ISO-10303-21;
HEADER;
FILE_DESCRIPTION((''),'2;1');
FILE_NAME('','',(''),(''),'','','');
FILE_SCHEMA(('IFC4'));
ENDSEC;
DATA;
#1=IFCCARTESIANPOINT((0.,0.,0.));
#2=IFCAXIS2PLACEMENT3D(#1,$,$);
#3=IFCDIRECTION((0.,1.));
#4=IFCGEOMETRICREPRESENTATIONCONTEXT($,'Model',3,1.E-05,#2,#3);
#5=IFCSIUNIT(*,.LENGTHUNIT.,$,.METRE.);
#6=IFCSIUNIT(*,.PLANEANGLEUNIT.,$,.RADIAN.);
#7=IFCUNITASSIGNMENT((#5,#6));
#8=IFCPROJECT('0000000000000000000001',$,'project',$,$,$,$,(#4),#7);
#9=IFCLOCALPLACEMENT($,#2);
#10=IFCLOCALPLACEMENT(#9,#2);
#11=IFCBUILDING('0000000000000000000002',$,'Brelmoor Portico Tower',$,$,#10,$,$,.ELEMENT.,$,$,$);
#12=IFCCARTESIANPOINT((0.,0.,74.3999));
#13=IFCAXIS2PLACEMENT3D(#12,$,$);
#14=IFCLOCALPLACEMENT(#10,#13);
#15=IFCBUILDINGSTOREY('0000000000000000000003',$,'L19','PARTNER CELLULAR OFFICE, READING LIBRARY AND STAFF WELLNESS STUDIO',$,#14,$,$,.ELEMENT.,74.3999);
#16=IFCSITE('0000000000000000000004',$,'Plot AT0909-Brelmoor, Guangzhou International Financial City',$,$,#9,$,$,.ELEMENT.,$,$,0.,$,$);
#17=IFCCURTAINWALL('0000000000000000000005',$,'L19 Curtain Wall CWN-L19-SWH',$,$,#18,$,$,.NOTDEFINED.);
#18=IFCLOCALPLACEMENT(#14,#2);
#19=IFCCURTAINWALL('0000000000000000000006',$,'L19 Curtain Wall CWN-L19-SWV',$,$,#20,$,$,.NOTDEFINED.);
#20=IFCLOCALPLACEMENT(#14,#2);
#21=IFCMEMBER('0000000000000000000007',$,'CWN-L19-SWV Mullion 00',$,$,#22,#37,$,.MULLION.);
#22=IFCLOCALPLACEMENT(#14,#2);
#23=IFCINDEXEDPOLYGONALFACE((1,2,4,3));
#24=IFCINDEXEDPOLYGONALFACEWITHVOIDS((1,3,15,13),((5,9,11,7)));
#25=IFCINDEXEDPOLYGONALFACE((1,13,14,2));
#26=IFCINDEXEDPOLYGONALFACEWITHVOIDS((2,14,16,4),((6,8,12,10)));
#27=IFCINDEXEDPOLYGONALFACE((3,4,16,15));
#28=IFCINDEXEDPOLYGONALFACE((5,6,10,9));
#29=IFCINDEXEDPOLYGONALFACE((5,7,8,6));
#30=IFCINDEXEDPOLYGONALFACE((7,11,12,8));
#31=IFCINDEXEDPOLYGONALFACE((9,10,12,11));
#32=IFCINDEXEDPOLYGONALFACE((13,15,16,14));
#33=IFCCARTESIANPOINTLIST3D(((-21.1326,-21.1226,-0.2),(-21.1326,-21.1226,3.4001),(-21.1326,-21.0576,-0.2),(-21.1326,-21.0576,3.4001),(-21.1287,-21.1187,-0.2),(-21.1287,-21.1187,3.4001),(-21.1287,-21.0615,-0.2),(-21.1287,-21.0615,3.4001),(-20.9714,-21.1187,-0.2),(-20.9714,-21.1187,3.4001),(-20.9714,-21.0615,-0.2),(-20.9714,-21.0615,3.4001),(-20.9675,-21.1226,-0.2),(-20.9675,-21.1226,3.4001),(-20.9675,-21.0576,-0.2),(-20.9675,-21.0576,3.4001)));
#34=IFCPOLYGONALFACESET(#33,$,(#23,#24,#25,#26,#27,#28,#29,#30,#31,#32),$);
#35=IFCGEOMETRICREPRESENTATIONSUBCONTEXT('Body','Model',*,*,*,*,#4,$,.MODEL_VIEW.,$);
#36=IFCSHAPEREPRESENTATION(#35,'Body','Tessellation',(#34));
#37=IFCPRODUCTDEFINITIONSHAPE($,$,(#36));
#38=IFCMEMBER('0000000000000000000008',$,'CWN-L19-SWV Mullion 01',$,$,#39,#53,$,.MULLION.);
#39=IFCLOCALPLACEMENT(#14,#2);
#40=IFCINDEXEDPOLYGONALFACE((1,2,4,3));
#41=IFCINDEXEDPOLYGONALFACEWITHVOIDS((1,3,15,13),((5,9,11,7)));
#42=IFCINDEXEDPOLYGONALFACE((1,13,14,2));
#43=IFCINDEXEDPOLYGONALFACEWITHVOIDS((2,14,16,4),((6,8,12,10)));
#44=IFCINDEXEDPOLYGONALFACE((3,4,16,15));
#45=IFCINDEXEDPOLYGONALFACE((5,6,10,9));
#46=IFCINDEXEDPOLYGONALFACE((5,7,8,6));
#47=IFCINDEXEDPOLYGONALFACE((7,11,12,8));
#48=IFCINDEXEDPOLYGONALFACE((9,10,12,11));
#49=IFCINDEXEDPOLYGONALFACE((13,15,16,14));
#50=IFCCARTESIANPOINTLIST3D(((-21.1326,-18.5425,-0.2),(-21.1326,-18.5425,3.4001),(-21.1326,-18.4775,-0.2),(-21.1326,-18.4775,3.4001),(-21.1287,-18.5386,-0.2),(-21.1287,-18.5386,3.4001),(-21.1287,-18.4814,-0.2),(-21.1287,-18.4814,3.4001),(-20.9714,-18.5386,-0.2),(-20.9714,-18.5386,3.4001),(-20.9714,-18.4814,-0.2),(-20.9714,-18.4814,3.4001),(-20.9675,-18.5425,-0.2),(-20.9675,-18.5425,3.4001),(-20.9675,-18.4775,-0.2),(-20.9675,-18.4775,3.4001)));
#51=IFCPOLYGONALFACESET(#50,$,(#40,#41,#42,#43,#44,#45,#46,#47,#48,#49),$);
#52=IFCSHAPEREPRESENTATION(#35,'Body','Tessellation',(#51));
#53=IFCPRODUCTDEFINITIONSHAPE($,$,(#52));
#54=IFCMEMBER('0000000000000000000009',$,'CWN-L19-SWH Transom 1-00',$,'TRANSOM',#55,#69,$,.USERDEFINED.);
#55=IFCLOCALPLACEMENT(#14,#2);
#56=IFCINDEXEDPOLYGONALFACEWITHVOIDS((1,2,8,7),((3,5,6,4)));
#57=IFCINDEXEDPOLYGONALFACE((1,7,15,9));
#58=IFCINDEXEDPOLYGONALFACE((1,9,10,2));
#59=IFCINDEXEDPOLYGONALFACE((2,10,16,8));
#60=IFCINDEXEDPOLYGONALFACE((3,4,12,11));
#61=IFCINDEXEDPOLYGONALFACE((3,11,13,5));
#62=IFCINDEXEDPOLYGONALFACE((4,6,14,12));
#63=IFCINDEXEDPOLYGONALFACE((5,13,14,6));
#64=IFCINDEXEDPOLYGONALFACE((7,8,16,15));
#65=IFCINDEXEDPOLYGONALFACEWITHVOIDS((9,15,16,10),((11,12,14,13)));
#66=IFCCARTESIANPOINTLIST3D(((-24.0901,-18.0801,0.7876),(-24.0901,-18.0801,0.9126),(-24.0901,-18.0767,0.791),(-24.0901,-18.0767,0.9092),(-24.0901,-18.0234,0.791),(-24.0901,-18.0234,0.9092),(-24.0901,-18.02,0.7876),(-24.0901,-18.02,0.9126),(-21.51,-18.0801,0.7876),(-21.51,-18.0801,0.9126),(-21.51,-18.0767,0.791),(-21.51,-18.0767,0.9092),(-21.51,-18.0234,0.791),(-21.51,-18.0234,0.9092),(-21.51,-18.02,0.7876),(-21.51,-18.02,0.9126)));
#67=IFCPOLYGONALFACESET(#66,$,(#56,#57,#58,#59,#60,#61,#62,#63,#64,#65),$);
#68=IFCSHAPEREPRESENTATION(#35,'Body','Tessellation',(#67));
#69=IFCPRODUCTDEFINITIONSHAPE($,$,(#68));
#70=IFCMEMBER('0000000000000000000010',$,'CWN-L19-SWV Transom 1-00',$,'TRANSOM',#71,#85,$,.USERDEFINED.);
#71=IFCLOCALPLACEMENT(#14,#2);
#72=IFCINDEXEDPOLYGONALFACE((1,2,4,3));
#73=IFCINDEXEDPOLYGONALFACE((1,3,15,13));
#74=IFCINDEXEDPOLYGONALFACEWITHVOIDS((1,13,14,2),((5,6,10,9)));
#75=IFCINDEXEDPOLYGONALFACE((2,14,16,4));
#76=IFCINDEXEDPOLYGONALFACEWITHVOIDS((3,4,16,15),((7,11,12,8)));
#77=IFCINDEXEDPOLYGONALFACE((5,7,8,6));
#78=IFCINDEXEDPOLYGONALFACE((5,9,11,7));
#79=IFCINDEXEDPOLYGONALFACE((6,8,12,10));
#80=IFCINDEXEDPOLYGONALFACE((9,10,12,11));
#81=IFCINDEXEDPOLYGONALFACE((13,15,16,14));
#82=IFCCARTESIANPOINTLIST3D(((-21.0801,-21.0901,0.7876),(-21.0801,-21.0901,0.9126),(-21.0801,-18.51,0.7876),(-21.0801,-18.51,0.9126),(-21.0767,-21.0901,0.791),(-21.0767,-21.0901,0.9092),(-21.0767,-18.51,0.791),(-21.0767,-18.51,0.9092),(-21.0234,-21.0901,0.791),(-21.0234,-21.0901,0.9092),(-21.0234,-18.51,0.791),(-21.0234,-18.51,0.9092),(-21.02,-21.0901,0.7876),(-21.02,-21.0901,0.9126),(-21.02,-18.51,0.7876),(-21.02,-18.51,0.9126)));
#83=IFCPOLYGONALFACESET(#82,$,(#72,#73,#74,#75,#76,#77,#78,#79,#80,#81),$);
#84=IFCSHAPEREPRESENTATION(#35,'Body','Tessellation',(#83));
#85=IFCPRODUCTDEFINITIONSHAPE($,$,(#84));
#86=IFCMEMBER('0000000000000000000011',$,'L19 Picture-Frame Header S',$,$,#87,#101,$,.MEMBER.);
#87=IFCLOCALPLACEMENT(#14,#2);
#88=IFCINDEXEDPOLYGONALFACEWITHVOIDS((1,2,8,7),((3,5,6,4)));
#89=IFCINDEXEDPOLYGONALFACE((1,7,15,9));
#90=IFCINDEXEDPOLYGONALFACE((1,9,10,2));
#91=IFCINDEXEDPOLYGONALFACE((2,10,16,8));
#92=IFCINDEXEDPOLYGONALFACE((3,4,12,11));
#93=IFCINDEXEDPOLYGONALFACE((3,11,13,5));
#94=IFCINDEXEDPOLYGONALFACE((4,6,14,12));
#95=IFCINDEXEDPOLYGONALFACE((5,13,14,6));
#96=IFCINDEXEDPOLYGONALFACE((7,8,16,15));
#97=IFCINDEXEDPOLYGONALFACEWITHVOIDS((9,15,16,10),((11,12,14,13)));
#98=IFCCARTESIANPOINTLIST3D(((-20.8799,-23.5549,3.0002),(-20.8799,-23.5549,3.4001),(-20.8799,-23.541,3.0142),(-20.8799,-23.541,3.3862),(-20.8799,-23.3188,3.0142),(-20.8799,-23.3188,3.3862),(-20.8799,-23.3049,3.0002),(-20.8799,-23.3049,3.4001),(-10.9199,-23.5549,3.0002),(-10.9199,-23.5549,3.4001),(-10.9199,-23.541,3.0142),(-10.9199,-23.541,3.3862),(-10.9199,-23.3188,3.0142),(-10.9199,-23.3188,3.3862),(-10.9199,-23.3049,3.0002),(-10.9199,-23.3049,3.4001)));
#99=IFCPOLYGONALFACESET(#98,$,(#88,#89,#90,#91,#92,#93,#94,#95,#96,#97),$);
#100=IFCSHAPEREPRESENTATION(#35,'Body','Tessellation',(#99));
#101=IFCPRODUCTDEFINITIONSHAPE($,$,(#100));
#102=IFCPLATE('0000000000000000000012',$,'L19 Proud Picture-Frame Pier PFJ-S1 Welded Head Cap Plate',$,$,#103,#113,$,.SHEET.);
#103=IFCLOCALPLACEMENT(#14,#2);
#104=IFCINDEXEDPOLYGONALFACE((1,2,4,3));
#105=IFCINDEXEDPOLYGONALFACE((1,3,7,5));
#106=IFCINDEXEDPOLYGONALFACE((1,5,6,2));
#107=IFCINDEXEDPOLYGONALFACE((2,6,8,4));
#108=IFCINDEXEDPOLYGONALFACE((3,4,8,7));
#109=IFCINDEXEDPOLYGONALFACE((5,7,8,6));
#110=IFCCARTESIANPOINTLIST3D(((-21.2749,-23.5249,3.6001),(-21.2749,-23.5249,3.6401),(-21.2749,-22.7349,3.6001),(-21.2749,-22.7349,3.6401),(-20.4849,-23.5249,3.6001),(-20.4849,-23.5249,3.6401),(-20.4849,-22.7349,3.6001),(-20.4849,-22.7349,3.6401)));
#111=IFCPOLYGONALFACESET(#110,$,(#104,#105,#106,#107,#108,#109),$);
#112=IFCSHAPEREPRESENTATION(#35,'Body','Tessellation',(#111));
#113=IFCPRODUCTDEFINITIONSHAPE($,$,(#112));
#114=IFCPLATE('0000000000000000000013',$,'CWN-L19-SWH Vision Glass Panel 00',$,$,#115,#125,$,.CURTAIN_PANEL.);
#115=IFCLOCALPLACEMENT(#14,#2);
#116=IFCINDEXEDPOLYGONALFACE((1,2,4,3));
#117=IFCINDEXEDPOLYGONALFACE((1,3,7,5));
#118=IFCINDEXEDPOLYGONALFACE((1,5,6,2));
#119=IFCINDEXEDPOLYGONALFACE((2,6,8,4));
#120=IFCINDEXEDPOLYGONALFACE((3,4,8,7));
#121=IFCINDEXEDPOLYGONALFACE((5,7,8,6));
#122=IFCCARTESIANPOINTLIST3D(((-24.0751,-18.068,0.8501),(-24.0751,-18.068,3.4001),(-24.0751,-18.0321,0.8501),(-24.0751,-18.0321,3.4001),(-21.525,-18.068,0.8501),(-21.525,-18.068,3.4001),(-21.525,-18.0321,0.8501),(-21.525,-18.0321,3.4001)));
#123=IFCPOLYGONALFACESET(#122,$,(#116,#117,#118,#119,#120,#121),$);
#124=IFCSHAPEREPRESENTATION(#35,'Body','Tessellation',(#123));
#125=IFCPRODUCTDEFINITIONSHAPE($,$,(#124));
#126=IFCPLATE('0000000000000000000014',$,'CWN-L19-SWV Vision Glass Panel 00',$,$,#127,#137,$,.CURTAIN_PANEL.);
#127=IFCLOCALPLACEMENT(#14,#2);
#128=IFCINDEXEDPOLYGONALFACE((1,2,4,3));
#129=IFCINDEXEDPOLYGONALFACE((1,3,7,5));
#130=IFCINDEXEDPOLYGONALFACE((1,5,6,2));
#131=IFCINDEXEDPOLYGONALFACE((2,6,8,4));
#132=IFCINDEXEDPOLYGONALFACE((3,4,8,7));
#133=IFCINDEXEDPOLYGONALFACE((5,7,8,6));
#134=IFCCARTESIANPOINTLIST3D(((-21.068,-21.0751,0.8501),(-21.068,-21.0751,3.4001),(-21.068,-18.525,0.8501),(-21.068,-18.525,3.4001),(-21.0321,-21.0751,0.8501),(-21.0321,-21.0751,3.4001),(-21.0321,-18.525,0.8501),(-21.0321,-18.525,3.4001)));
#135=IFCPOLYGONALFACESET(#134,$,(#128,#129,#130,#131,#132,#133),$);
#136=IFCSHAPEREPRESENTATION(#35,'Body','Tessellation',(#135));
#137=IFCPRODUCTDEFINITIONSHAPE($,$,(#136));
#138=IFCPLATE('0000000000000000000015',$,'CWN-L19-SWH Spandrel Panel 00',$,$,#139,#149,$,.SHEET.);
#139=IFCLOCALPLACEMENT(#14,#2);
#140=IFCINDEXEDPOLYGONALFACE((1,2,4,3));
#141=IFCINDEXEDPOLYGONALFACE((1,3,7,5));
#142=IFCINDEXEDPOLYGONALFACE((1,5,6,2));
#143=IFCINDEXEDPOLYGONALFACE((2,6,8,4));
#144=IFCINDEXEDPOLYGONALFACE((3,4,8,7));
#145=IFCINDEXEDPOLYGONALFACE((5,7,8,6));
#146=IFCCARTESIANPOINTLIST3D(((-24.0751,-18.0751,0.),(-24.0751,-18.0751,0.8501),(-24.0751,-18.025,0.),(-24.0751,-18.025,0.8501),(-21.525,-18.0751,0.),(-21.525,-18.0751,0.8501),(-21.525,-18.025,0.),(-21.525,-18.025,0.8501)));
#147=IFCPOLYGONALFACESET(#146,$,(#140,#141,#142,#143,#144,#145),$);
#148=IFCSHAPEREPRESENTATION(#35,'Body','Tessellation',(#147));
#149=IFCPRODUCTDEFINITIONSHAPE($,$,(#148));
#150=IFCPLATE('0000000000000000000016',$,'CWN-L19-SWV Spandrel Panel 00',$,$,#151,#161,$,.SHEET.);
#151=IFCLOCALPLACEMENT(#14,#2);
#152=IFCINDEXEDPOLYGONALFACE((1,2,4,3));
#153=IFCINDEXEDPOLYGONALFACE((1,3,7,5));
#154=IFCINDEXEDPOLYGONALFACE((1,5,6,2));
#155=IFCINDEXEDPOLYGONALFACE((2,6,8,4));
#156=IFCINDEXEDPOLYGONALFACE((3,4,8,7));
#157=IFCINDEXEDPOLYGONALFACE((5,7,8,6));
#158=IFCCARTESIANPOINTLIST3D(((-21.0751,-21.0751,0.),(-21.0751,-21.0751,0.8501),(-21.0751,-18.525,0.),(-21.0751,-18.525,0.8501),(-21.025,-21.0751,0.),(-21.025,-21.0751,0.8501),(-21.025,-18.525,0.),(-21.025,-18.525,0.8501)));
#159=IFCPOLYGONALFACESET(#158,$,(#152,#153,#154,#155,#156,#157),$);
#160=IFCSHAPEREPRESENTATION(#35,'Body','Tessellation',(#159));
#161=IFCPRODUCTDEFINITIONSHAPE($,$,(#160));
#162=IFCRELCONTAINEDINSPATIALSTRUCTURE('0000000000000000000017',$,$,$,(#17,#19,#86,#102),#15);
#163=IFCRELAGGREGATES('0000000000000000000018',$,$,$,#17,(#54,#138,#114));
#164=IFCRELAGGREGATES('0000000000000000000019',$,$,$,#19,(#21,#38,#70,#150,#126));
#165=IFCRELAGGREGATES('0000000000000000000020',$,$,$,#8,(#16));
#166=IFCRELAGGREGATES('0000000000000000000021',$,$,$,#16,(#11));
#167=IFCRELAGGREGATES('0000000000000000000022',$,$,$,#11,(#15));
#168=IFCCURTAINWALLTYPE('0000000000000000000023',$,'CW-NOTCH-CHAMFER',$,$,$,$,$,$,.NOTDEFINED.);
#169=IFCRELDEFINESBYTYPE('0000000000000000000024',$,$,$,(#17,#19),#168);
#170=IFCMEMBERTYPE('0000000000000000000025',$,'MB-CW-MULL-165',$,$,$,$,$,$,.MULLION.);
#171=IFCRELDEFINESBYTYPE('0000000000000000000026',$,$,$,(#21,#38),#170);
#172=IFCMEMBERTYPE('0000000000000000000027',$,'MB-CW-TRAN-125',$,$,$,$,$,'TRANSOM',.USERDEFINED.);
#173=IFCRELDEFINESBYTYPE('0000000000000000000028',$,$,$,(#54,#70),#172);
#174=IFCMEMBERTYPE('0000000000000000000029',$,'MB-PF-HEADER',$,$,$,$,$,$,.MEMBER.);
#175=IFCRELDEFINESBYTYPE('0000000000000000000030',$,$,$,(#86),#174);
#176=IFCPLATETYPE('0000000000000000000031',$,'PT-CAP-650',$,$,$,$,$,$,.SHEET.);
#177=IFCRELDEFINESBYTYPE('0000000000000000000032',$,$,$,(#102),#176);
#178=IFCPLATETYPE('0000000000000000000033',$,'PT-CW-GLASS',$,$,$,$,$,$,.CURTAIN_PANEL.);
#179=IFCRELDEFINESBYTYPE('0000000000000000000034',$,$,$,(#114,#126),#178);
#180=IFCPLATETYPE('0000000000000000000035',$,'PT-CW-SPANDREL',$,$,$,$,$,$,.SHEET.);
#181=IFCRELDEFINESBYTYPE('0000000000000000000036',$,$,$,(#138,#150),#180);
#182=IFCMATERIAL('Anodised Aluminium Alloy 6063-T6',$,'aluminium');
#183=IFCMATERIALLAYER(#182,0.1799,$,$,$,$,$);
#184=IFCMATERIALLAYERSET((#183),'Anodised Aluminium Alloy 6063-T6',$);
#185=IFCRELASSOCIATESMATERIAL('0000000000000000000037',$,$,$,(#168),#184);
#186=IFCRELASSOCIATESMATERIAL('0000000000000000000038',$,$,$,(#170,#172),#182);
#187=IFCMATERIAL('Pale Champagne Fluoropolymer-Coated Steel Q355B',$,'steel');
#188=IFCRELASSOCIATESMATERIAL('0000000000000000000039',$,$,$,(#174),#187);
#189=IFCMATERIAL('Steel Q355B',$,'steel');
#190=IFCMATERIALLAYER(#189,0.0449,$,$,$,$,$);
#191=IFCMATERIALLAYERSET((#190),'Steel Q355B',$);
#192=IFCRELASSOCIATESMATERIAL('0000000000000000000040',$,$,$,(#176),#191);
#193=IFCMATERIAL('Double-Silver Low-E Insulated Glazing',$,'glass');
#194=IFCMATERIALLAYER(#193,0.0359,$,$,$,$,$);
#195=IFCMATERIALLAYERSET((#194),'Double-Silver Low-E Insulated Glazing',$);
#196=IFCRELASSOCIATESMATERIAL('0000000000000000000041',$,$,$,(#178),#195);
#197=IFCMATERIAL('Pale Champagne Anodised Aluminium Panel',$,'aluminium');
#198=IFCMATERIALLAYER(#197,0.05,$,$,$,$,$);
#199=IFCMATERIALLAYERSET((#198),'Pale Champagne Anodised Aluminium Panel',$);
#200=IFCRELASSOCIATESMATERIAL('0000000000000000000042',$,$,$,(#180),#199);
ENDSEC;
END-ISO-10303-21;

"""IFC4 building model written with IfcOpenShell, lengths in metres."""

from ifc_helpers import new_model, si_unit, direction, frame, origin, origin_2d, place, context, subcontext, project, spatial, rectangle, hollow_rectangle, extrude, material, layer, layer_set, material_profile, profile_set, type_object, element, aggregate, save


model = new_model("IFC4")

# Units and contexts
model_context = context("Model", 3, precision=1e-05, world=origin(), true_north=direction((0.0, 1.0)))
body_context = subcontext(model_context, "Body", "Model", "MODEL_VIEW")
ifc_project = project(units=[si_unit("LENGTHUNIT", "METRE"), si_unit("PLANEANGLEUNIT", "RADIAN")], contexts=[model_context])

# Site, building, storey
site_placement = place(None, origin())
site = spatial("IfcSite", under=ifc_project, at=site_placement, Name="Plot AT0909-Brelmoor, Guangzhou International Financial City", CompositionType="ELEMENT", RefElevation=0.0)
building_placement = place(site_placement, origin())
building = spatial("IfcBuilding", under=site, at=building_placement, Name="Brelmoor Portico Tower", CompositionType="ELEMENT")
storey_placement = place(building_placement, frame((0.0, 0.0, 74.3999)))
storey = spatial("IfcBuildingStorey", under=building, at=storey_placement, Name="L19", Description="PARTNER CELLULAR OFFICE, READING LIBRARY AND STAFF WELLNESS STUDIO", CompositionType="ELEMENT", Elevation=74.3999)

# Shared definitions
ifc_material_1 = material(Name="Steel Q355B", Category="steel")

# Curtain wall
ifc_material_2 = material(Name="Anodised Aluminium Alloy 6063-T6", Category="aluminium")
ifc_layer_1 = layer(ifc_material_2, 0.1799)
ifc_layer_set_1 = layer_set([ifc_layer_1], Name="Anodised Aluminium Alloy 6063-T6")
curtain_wall_type = type_object("IfcCurtainWallType", Name="CW-NOTCH-CHAMFER", PredefinedType="NOTDEFINED", material=ifc_layer_set_1)
curtain_wall_1_placement = place(storey_placement, origin())
curtain_wall_1 = element("IfcCurtainWall", 1, at=curtain_wall_1_placement, inside=storey, type_object=curtain_wall_type, Name="L19 Curtain Wall CWN-L19-SWH", PredefinedType="NOTDEFINED")
ifc_material_profile_1 = material_profile(ifc_material_2, hollow_rectangle(XDim=0.0649, YDim=0.165, WallThickness=0.0039, at=origin_2d()), Name="ALU MULLION 65x165")
ifc_profile_set_1 = profile_set([ifc_material_profile_1], Name="Anodised Aluminium Alloy 6063-T6")
member_type_1 = type_object("IfcMemberType", Name="MB-CW-MULL-165", PredefinedType="MULLION", material=ifc_profile_set_1)

# Curtain wall, members
curtain_wall_2_placement = place(storey_placement, origin())
curtain_wall_2 = element("IfcCurtainWall", 2, at=curtain_wall_2_placement, inside=storey, type_object=curtain_wall_type, Name="L19 Curtain Wall CWN-L19-SWV", PredefinedType="NOTDEFINED")
member_1_placement = place(storey_placement, frame((-21.05, -21.0901, -0.2), z_axis=(0.0, 0.0, 1.0), x_axis=(0.0, 1.0, 0.0)))
member_1 = element("IfcMember", 3, at=member_1_placement, type_object=member_type_1, Name="CWN-L19-SWV Mullion 00", PredefinedType="MULLION", context=body_context, shape_type="SweptSolid", body=[
    extrude(hollow_rectangle(XDim=0.0649, YDim=0.165, WallThickness=0.0039, at=origin_2d()), origin(), (0.0, 0.0, 1.0), 3.6001),
])
member_2_placement = place(storey_placement, frame((-21.05, -18.51, -0.2), z_axis=(0.0, 0.0, 1.0), x_axis=(0.0, 1.0, 0.0)))
member_2 = element("IfcMember", 4, at=member_2_placement, type_object=member_type_1, Name="CWN-L19-SWV Mullion 01", PredefinedType="MULLION", context=body_context, shape_type="SweptSolid", body=[
    extrude(hollow_rectangle(XDim=0.0649, YDim=0.165, WallThickness=0.0039, at=origin_2d()), origin(), (0.0, 0.0, 1.0), 3.6001),
])

# Members
ifc_material_profile_2 = material_profile(ifc_material_2, hollow_rectangle(XDim=0.0601, YDim=0.125, WallThickness=0.0034, at=origin_2d()), Name="ALU TRANSOM 60x125")
ifc_profile_set_2 = profile_set([ifc_material_profile_2], Name="Anodised Aluminium Alloy 6063-T6")
member_type_2 = type_object("IfcMemberType", Name="MB-CW-TRAN-125", ElementType="TRANSOM", PredefinedType="USERDEFINED", material=ifc_profile_set_2)
member_3_placement = place(storey_placement, frame((-24.0901, -18.05, 0.8501), z_axis=(1.0, 0.0, 0.0), x_axis=(0.0, 1.0, 0.0)))
member_3 = element("IfcMember", 5, at=member_3_placement, type_object=member_type_2, Name="CWN-L19-SWH Transom 1-00", ObjectType="TRANSOM", PredefinedType="USERDEFINED", context=body_context, shape_type="SweptSolid", body=[
    extrude(hollow_rectangle(XDim=0.0601, YDim=0.125, WallThickness=0.0034, at=origin_2d()), origin(), (0.0, 0.0, 1.0), 2.5801),
])
member_4_placement = place(storey_placement, frame((-21.05, -21.0901, 0.8501), z_axis=(0.0, 1.0, 0.0), x_axis=(-1.0, 0.0, 0.0)))
member_4 = element("IfcMember", 6, at=member_4_placement, type_object=member_type_2, Name="CWN-L19-SWV Transom 1-00", ObjectType="TRANSOM", PredefinedType="USERDEFINED", context=body_context, shape_type="SweptSolid", body=[
    extrude(hollow_rectangle(XDim=0.0601, YDim=0.125, WallThickness=0.0034, at=origin_2d()), origin(), (0.0, 0.0, 1.0), 2.5801),
])
ifc_material_3 = material(Name="Pale Champagne Fluoropolymer-Coated Steel Q355B", Category="steel")
ifc_material_profile_3 = material_profile(ifc_material_3, hollow_rectangle(XDim=0.25, YDim=0.3999, WallThickness=0.0139, at=origin_2d()), Name="RHS 250x400x14")
ifc_profile_set_3 = profile_set([ifc_material_profile_3], Name="Pale Champagne Fluoropolymer-Coated Steel Q355B")
member_type_3 = type_object("IfcMemberType", Name="MB-PF-HEADER", PredefinedType="MEMBER", material=ifc_profile_set_3)
member_5_placement = place(storey_placement, frame((-20.8799, -23.4299, 3.2002), z_axis=(1.0, 0.0, 0.0), x_axis=(0.0, 1.0, 0.0)))
element("IfcMember", 7, at=member_5_placement, inside=storey, type_object=member_type_3, Name="L19 Picture-Frame Header S", PredefinedType="MEMBER", context=body_context, shape_type="SweptSolid", body=[
    extrude(hollow_rectangle(XDim=0.25, YDim=0.3999, WallThickness=0.0139, at=origin_2d()), origin(), (0.0, 0.0, 1.0), 9.96),
])

# Plates
ifc_layer_2 = layer(ifc_material_1, 0.0449)
ifc_layer_set_2 = layer_set([ifc_layer_2], Name="Steel Q355B")
plate_type_1 = type_object("IfcPlateType", Name="PT-CAP-650", PredefinedType="SHEET", material=ifc_layer_set_2)
plate_1_placement = place(storey_placement, frame((-20.8799, -23.1299, 3.6001), z_axis=(0.0, 0.0, 1.0), x_axis=(1.0, 0.0, 0.0)))
element("IfcPlate", 8, at=plate_1_placement, inside=storey, type_object=plate_type_1, Name="L19 Proud Picture-Frame Pier PFJ-S1 Welded Head Cap Plate", PredefinedType="SHEET", context=body_context, shape_type="SweptSolid", body=[
    extrude(rectangle(XDim=0.79, YDim=0.79, at=origin_2d()), origin(), (0.0, 0.0, 1.0), 0.04),
])
ifc_material_4 = material(Name="Double-Silver Low-E Insulated Glazing", Category="glass")
ifc_layer_3 = layer(ifc_material_4, 0.0359)
ifc_layer_set_3 = layer_set([ifc_layer_3], Name="Double-Silver Low-E Insulated Glazing")
plate_type_2 = type_object("IfcPlateType", Name="PT-CW-GLASS", PredefinedType="CURTAIN_PANEL", material=ifc_layer_set_3)
plate_2_placement = place(storey_placement, frame((-22.8, -18.05, 0.8501), z_axis=(0.0, 0.0, 1.0), x_axis=(1.0, 0.0, 0.0)))
plate_2 = element("IfcPlate", 9, at=plate_2_placement, type_object=plate_type_2, Name="CWN-L19-SWH Vision Glass Panel 00", PredefinedType="CURTAIN_PANEL", context=body_context, shape_type="SweptSolid", body=[
    extrude(rectangle(XDim=2.55, YDim=0.0359, at=origin_2d()), origin(), (0.0, 0.0, 1.0), 2.55),
])
plate_3_placement = place(storey_placement, frame((-21.05, -19.8, 0.8501), z_axis=(0.0, 0.0, 1.0), x_axis=(0.0, 1.0, 0.0)))
plate_3 = element("IfcPlate", 10, at=plate_3_placement, type_object=plate_type_2, Name="CWN-L19-SWV Vision Glass Panel 00", PredefinedType="CURTAIN_PANEL", context=body_context, shape_type="SweptSolid", body=[
    extrude(rectangle(XDim=2.55, YDim=0.0359, at=origin_2d()), origin(), (0.0, 0.0, 1.0), 2.55),
])
ifc_material_5 = material(Name="Pale Champagne Anodised Aluminium Panel", Category="aluminium")
ifc_layer_4 = layer(ifc_material_5, 0.05)
ifc_layer_set_4 = layer_set([ifc_layer_4], Name="Pale Champagne Anodised Aluminium Panel")
plate_type_3 = type_object("IfcPlateType", Name="PT-CW-SPANDREL", PredefinedType="SHEET", material=ifc_layer_set_4)
plate_4_placement = place(storey_placement, frame((-22.8, -18.05, 0.0), z_axis=(0.0, 0.0, 1.0), x_axis=(1.0, 0.0, 0.0)))
plate_4 = element("IfcPlate", 11, at=plate_4_placement, type_object=plate_type_3, Name="CWN-L19-SWH Spandrel Panel 00", PredefinedType="SHEET", context=body_context, shape_type="SweptSolid", body=[
    extrude(rectangle(XDim=2.55, YDim=0.05, at=origin_2d()), origin(), (0.0, 0.0, 1.0), 0.8501),
])
aggregate(curtain_wall_1, [member_3, plate_4, plate_2])
plate_5_placement = place(storey_placement, frame((-21.05, -19.8, 0.0), z_axis=(0.0, 0.0, 1.0), x_axis=(0.0, 1.0, 0.0)))
plate_5 = element("IfcPlate", 12, at=plate_5_placement, type_object=plate_type_3, Name="CWN-L19-SWV Spandrel Panel 00", PredefinedType="SHEET", context=body_context, shape_type="SweptSolid", body=[
    extrude(rectangle(XDim=2.55, YDim=0.05, at=origin_2d()), origin(), (0.0, 0.0, 1.0), 0.8501),
])
aggregate(curtain_wall_2, [member_1, member_2, member_4, plate_5, plate_3])

save(model, "model.ifc")
